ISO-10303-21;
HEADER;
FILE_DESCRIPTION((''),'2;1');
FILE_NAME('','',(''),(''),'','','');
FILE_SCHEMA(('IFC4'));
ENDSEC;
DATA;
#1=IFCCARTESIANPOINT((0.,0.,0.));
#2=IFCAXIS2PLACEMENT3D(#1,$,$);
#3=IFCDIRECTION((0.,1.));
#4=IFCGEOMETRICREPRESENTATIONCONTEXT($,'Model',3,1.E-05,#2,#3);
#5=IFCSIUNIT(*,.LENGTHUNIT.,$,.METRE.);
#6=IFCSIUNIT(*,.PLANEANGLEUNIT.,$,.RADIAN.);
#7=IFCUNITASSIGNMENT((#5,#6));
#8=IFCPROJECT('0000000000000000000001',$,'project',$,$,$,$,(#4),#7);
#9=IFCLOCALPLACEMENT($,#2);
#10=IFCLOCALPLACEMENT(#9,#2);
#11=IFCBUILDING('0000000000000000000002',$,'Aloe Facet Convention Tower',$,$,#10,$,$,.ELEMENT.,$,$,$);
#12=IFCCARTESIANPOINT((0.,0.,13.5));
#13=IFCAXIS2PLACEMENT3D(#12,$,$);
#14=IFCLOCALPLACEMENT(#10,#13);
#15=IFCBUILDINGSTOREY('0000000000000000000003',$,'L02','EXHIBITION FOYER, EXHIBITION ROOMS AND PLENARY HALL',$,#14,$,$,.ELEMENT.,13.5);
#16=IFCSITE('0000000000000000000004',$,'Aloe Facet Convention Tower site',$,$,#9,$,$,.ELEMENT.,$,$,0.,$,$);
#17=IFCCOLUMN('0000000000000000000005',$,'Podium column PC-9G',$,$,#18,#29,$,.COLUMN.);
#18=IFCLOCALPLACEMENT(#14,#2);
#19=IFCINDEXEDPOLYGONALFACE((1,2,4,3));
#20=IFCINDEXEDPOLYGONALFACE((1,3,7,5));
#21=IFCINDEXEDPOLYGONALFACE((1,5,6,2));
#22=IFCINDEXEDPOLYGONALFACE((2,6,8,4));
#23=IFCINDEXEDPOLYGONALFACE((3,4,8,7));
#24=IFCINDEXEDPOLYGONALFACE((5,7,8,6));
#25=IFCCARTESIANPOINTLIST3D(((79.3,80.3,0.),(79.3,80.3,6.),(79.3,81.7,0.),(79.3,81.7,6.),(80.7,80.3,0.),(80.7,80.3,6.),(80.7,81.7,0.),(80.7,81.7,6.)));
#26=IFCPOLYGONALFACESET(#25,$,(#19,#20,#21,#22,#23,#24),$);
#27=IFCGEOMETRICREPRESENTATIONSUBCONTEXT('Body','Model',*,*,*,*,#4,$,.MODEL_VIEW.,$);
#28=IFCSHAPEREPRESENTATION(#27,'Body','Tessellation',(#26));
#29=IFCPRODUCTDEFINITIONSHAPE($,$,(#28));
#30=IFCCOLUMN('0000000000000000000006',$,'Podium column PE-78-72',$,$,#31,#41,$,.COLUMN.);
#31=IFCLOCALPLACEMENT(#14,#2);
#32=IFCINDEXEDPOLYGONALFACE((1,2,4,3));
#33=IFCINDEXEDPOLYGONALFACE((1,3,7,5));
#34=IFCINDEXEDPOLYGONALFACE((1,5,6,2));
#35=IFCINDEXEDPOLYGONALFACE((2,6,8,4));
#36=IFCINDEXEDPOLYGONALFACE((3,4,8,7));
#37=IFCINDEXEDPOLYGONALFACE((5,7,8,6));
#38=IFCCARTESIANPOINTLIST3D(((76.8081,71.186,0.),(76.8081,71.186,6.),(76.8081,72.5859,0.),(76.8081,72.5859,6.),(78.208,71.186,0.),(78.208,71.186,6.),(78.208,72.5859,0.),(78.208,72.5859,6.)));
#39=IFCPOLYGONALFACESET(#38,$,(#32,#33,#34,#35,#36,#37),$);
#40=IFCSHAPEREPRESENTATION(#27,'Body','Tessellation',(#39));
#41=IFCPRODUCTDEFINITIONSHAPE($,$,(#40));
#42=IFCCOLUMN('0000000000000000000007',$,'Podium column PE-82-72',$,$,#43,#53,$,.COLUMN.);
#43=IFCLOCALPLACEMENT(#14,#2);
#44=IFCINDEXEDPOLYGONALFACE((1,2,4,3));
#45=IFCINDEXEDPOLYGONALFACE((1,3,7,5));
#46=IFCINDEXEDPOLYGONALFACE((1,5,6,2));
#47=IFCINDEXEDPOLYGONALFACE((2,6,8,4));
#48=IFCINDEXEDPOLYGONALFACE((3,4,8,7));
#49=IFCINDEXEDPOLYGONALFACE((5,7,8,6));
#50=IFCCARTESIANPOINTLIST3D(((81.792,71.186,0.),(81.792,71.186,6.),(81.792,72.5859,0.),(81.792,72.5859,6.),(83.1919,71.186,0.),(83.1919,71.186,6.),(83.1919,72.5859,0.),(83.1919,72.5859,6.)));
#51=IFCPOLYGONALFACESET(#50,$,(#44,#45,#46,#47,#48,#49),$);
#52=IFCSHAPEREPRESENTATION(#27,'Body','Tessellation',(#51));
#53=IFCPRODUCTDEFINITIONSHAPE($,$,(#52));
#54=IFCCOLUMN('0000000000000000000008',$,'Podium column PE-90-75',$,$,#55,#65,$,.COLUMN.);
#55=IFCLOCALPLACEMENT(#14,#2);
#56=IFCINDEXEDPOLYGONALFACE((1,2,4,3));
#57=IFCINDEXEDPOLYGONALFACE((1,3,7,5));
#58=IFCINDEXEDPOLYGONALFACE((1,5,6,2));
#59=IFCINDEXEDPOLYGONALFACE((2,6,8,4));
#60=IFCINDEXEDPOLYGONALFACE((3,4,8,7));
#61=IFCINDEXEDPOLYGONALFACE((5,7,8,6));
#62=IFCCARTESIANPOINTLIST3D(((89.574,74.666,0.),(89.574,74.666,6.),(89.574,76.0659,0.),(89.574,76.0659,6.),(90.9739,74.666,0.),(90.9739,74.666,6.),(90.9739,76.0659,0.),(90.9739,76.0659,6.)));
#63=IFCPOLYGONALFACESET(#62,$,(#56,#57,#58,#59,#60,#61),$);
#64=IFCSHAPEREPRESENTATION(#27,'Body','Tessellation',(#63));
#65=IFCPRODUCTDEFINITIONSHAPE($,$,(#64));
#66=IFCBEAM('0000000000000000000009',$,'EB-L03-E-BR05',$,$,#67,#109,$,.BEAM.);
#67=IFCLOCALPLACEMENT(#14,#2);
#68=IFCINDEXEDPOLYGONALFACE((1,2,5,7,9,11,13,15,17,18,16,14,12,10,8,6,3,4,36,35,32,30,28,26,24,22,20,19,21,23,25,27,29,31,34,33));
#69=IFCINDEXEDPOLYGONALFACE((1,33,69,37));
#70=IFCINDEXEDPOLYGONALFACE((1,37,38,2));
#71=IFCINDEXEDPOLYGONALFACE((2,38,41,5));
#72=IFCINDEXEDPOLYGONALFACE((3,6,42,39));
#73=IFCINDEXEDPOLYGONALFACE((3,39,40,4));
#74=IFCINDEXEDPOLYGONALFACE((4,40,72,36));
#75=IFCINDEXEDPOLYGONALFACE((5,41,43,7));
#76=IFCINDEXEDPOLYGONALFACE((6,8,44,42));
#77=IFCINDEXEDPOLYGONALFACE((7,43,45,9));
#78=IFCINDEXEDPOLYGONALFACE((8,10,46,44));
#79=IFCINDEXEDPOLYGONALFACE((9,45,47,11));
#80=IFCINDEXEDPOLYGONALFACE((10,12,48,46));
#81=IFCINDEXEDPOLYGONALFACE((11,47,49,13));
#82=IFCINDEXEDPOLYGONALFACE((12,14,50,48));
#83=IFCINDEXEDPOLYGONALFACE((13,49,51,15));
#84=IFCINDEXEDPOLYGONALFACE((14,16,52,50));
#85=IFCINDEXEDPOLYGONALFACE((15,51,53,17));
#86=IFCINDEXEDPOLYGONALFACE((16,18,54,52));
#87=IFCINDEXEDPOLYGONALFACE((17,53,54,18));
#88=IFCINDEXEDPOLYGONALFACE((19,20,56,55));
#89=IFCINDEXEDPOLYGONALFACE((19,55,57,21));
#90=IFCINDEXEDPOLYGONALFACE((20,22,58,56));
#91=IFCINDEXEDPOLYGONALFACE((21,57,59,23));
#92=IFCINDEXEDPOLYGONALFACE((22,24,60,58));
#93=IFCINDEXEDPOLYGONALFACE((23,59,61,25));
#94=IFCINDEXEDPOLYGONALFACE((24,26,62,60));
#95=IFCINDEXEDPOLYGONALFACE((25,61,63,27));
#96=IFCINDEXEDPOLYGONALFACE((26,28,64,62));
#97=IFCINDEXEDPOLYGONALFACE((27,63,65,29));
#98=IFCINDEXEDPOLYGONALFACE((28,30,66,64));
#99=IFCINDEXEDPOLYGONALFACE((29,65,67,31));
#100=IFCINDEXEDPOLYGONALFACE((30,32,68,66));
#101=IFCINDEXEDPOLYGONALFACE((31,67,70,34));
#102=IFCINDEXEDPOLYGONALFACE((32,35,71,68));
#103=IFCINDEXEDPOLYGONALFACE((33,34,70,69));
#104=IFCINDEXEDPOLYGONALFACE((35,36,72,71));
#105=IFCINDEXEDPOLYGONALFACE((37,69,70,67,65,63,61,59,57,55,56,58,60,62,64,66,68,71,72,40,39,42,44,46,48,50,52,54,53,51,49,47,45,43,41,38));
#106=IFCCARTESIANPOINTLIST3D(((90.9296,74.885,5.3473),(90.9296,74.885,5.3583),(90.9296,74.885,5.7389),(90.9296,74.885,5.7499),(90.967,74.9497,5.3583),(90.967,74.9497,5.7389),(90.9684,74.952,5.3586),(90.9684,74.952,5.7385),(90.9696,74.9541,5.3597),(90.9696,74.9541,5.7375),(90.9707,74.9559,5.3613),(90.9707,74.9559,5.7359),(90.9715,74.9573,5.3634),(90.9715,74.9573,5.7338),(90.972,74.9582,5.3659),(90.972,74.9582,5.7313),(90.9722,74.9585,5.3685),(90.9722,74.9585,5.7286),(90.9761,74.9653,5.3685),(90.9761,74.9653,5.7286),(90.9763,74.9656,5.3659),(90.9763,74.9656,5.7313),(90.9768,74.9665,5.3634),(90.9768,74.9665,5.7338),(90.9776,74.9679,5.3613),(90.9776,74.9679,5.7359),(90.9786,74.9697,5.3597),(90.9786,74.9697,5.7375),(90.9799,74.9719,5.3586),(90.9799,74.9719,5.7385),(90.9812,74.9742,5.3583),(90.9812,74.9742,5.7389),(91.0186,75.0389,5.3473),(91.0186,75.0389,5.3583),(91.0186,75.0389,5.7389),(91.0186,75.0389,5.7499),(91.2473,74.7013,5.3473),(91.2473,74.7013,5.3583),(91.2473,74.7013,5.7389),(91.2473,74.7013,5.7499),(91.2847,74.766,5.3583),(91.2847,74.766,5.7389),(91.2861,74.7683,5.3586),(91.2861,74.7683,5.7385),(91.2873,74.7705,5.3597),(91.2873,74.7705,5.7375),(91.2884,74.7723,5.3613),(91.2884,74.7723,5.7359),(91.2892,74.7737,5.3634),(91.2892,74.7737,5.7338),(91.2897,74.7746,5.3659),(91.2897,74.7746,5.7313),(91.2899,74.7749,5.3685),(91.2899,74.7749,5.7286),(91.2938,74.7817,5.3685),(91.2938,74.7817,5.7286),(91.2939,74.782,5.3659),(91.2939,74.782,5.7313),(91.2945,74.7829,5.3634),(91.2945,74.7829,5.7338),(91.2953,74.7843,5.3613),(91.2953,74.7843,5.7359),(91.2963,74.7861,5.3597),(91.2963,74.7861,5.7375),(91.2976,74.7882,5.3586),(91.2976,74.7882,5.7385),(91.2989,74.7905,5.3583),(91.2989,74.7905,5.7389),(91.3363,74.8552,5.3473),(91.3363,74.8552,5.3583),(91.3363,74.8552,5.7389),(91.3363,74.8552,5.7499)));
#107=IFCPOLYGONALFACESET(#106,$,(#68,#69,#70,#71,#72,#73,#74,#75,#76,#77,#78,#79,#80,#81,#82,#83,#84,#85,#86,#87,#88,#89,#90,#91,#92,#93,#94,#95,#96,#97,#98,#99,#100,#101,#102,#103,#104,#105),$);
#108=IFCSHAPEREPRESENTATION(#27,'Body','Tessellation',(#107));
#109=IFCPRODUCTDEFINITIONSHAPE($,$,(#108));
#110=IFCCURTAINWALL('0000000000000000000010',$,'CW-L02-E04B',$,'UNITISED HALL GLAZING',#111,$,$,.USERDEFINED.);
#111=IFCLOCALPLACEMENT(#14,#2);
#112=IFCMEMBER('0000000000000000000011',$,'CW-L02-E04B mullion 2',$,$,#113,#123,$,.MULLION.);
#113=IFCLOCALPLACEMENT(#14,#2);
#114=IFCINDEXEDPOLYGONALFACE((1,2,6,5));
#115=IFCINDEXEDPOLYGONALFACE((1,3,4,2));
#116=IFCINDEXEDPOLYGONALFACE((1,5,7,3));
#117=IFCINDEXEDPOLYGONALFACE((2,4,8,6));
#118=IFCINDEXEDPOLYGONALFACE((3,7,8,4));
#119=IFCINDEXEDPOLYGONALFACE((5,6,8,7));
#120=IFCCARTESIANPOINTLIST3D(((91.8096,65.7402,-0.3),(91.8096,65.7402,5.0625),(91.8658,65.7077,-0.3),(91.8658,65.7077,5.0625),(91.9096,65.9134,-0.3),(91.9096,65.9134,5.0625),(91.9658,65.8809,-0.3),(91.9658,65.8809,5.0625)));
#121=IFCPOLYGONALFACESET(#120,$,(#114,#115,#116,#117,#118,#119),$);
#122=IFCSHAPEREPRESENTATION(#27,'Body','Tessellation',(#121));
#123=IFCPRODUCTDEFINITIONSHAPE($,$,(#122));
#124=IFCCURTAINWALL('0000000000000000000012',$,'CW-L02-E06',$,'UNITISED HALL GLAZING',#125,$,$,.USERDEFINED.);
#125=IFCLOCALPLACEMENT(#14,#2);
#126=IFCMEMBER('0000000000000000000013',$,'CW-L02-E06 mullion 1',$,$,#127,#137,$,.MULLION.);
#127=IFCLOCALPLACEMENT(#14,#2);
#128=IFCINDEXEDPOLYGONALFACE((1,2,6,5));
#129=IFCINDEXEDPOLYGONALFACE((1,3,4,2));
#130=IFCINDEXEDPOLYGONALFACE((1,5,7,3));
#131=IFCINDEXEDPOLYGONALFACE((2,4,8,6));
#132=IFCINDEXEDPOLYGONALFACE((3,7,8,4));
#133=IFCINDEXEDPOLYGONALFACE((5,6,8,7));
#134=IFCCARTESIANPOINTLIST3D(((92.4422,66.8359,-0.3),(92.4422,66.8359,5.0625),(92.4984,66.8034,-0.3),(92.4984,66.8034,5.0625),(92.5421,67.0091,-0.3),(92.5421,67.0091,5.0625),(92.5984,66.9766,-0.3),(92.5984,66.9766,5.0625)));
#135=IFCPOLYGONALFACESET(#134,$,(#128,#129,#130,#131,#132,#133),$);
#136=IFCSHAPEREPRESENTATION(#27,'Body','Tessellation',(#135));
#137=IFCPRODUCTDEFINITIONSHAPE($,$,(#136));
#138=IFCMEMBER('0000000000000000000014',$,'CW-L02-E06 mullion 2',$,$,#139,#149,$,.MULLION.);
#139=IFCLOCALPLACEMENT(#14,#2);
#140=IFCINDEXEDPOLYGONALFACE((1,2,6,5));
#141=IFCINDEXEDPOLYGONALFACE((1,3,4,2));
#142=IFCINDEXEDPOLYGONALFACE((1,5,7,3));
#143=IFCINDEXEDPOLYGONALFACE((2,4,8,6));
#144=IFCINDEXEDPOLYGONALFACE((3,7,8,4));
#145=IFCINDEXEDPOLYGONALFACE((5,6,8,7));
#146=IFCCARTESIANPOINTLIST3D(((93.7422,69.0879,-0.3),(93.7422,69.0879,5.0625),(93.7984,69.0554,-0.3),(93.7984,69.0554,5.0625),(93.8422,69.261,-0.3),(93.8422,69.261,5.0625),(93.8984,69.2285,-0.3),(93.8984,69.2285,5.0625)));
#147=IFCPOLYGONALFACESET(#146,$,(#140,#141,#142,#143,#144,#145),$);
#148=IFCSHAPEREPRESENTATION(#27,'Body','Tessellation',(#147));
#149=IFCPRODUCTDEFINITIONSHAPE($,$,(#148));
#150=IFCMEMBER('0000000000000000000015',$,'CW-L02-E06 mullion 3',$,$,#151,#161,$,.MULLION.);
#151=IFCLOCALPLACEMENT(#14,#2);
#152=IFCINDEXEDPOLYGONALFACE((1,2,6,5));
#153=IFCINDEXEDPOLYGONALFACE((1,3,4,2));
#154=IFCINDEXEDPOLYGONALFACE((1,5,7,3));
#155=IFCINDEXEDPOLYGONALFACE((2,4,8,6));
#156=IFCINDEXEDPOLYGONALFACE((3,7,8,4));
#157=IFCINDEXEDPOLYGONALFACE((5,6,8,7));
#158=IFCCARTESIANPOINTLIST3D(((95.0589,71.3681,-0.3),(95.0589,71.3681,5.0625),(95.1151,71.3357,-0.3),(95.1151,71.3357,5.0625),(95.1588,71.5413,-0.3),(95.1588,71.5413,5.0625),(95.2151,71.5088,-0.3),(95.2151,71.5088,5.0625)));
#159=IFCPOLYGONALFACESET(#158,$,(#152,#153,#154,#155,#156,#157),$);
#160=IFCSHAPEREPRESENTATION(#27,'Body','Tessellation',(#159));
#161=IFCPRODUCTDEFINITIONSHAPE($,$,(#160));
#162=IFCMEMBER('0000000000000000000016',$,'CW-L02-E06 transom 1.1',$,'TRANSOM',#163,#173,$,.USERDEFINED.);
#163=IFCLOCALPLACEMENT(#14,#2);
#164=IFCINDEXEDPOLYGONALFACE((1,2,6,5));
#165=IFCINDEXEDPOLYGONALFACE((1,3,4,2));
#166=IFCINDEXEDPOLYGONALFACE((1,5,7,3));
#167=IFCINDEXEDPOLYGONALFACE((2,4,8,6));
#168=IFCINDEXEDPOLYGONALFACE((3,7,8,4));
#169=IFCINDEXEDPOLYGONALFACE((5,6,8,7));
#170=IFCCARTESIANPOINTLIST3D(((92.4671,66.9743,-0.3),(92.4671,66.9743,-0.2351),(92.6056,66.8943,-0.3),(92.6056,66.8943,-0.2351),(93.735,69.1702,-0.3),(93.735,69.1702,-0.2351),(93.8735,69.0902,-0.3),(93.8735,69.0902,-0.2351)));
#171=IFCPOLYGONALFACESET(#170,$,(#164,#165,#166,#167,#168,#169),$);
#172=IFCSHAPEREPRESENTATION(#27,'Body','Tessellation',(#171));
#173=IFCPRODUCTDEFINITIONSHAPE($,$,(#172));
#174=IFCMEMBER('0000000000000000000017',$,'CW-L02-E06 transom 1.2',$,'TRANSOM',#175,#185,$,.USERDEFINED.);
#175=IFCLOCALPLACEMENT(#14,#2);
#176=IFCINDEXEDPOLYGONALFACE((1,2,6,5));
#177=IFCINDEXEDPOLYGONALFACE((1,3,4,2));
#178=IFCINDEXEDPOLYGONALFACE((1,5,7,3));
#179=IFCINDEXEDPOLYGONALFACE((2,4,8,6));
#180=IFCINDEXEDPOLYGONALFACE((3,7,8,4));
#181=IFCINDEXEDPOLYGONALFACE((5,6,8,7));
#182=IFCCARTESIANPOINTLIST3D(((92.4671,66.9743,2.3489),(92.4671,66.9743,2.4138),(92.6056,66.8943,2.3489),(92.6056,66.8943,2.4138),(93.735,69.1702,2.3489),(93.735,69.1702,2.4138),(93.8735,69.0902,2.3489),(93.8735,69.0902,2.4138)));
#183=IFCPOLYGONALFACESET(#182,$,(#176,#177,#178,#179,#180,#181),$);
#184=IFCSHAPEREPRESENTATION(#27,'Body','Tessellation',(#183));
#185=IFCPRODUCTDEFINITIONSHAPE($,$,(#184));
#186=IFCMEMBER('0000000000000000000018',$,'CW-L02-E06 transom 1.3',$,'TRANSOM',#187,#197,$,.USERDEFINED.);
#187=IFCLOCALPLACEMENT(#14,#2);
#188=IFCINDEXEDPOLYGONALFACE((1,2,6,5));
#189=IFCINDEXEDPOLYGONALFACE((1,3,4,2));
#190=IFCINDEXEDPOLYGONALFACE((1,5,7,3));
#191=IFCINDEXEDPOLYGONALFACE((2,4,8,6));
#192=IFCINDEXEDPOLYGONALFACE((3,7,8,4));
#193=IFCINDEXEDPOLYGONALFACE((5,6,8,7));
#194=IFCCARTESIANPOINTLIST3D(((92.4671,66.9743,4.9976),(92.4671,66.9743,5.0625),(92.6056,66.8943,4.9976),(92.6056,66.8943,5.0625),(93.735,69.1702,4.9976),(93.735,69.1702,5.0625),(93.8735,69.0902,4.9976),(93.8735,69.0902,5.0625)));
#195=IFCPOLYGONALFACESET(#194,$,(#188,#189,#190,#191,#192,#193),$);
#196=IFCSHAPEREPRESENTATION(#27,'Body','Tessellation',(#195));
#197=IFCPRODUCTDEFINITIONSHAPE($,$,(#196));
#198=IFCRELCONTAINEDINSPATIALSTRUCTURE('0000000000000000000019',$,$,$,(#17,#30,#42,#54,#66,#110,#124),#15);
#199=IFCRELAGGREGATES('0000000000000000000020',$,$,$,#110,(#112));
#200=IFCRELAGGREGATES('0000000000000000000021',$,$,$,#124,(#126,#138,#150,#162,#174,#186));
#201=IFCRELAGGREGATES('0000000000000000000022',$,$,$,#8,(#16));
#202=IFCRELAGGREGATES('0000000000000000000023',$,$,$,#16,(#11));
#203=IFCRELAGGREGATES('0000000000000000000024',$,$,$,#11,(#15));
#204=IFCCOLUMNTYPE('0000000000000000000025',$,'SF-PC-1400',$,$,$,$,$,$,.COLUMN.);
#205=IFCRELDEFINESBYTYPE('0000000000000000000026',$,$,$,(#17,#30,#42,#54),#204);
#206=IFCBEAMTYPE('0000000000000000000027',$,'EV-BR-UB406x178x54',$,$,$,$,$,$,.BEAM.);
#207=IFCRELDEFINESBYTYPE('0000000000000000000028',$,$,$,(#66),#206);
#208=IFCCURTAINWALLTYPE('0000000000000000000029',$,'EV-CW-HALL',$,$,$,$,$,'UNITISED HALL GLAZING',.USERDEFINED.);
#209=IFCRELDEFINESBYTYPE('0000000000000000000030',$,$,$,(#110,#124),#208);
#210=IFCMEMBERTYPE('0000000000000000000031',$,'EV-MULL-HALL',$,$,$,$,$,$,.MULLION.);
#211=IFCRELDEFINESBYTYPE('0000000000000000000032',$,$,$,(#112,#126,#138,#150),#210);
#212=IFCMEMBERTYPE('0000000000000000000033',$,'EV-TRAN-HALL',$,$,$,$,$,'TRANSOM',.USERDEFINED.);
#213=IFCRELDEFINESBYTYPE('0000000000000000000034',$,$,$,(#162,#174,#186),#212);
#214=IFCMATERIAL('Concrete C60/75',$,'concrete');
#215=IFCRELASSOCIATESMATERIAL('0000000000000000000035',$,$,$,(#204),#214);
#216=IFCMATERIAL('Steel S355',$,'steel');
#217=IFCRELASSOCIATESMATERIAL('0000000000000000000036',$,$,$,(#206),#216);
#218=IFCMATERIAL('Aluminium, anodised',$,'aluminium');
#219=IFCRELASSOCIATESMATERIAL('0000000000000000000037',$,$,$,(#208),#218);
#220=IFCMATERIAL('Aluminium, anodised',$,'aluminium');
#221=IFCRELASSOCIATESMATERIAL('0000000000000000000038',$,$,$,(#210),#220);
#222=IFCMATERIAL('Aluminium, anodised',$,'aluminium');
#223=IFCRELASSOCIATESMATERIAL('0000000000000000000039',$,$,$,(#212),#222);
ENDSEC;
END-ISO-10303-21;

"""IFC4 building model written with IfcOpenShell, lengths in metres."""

from ifc_helpers import new_model, si_unit, direction, frame, origin, origin_2d, place, context, subcontext, project, spatial, rectangle, i_section, extrude, material, material_profile, profile_set, type_object, element, aggregate, save


model = new_model("IFC4")

# Units and contexts
model_context = context("Model", 3, precision=1e-05, world=origin(), true_north=direction((0.0, 1.0)))
body_context = subcontext(model_context, "Body", "Model", "MODEL_VIEW")
ifc_project = project(units=[si_unit("LENGTHUNIT", "METRE"), si_unit("PLANEANGLEUNIT", "RADIAN")], contexts=[model_context])

# Site, building, storey
site_placement = place(None, origin())
site = spatial("IfcSite", under=ifc_project, at=site_placement, Name="Aloe Facet Convention Tower site", CompositionType="ELEMENT", RefElevation=0.0)
building_placement = place(site_placement, origin())
building = spatial("IfcBuilding", under=site, at=building_placement, Name="Aloe Facet Convention Tower", CompositionType="ELEMENT")
storey_placement = place(building_placement, frame((0.0, 0.0, 13.5)))
storey = spatial("IfcBuildingStorey", under=building, at=storey_placement, Name="L02", Description="EXHIBITION FOYER, EXHIBITION ROOMS AND PLENARY HALL", CompositionType="ELEMENT", Elevation=13.5)

# Columns
ifc_material_1 = material(Name="Concrete C60/75", Category="concrete")
ifc_material_profile_1 = material_profile(ifc_material_1, rectangle(XDim=1.3999, YDim=1.3999, at=origin_2d()), Name="SF-PC-1400")
ifc_profile_set_1 = profile_set([ifc_material_profile_1], Name="Concrete C60/75")
column_type = type_object("IfcColumnType", Name="SF-PC-1400", PredefinedType="COLUMN", material=ifc_profile_set_1)
for number, where, z_axis, x_axis, name in (
    (1, (80.0, 81.0, 0.0), (0.0, 0.0, 1.0), (1.0, 0.0, 0.0), "Podium column PC-9G"),
    (2, (77.5081, 71.886, 0.0), (0.0, 0.0, 1.0), (1.0, 0.0, 0.0), "Podium column PE-78-72"),
    (3, (82.4919, 71.886, 0.0), (0.0, 0.0, 1.0), (1.0, 0.0, 0.0), "Podium column PE-82-72"),
    (4, (90.2739, 75.366, 0.0), (0.0, 0.0, 1.0), (1.0, 0.0, 0.0), "Podium column PE-90-75"),
):
    element("IfcColumn", number, at=place(storey_placement, frame(where, z_axis=z_axis, x_axis=x_axis)), inside=storey, type_object=column_type, Name=name, PredefinedType="COLUMN", context=body_context, shape_type="SweptSolid", body=[
        extrude(rectangle(XDim=1.3999, YDim=1.3999, at=origin_2d()), origin(), (0.0, 0.0, 1.0), 6.0),
    ])

# Beam
ifc_material_2 = material(Name="Steel S355", Category="steel")
ifc_material_profile_2 = material_profile(ifc_material_2, i_section(OverallWidth=0.1777, OverallDepth=0.4026, WebThickness=0.0078, FlangeThickness=0.011, FilletRadius=0.0103, at=origin_2d()), Name="UB 406x178x54")
ifc_profile_set_2 = profile_set([ifc_material_profile_2], Name="Steel S355")
beam_type_1 = type_object("IfcBeamType", Name="EV-BR-UB406x178x54", PredefinedType="BEAM", material=ifc_profile_set_2)
beam_1_placement = place(storey_placement, frame((90.9741, 74.9619, 5.5486), z_axis=(0.865775, -0.500433, 0.0), x_axis=(0.500433, 0.865775, 0.0)))
element("IfcBeam", 5, at=beam_1_placement, inside=storey, type_object=beam_type_1, Name="EB-L03-E-BR05", PredefinedType="BEAM", context=body_context, shape_type="SweptSolid", body=[
    extrude(i_section(OverallWidth=0.1777, OverallDepth=0.4026, WebThickness=0.0078, FlangeThickness=0.011, FilletRadius=0.0103, at=origin_2d()), origin(), (0.0, 0.0, 1.0), 0.3669),
])

# Curtain wall, member
ifc_material_3 = material(Name="Aluminium, anodised", Category="aluminium")
curtain_wall_type = type_object("IfcCurtainWallType", Name="EV-CW-HALL", ElementType="UNITISED HALL GLAZING", PredefinedType="USERDEFINED", material=ifc_material_3)
curtain_wall_1_placement = place(storey_placement, origin())
curtain_wall_1 = element("IfcCurtainWall", 6, at=curtain_wall_1_placement, inside=storey, type_object=curtain_wall_type, Name="CW-L02-E04B", ObjectType="UNITISED HALL GLAZING", PredefinedType="USERDEFINED")
ifc_material_4 = material(Name="Aluminium, anodised", Category="aluminium")
ifc_material_profile_3 = material_profile(ifc_material_4, rectangle(XDim=0.0649, YDim=0.2, at=origin_2d()), Name="AL 65x200")
ifc_profile_set_3 = profile_set([ifc_material_profile_3], Name="Aluminium, anodised")
member_type_1 = type_object("IfcMemberType", Name="EV-MULL-HALL", PredefinedType="MULLION", material=ifc_profile_set_3)
member_1_placement = place(storey_placement, frame((91.8877, 65.8105, -0.3), z_axis=(0.0, 0.0, 1.0), x_axis=(-0.866025, 0.5, 0.0)))
member_1 = element("IfcMember", 7, at=member_1_placement, type_object=member_type_1, Name="CW-L02-E04B mullion 2", PredefinedType="MULLION", context=body_context, shape_type="SweptSolid", body=[
    extrude(rectangle(XDim=0.0649, YDim=0.2, at=origin_2d()), origin(), (0.0, 0.0, 1.0), 5.3625),
])
aggregate(curtain_wall_1, [member_1])

# Curtain wall, members
curtain_wall_2_placement = place(storey_placement, origin())
curtain_wall_2 = element("IfcCurtainWall", 8, at=curtain_wall_2_placement, inside=storey, type_object=curtain_wall_type, Name="CW-L02-E06", ObjectType="UNITISED HALL GLAZING", PredefinedType="USERDEFINED")
member_2_placement = place(storey_placement, frame((92.5203, 66.9062, -0.3), z_axis=(0.0, 0.0, 1.0), x_axis=(-0.866025, 0.5, 0.0)))
member_2 = element("IfcMember", 9, at=member_2_placement, type_object=member_type_1, Name="CW-L02-E06 mullion 1", PredefinedType="MULLION", context=body_context, shape_type="SweptSolid", body=[
    extrude(rectangle(XDim=0.0649, YDim=0.2, at=origin_2d()), origin(), (0.0, 0.0, 1.0), 5.3625),
])
member_3_placement = place(storey_placement, frame((93.8203, 69.1582, -0.3), z_axis=(0.0, 0.0, 1.0), x_axis=(-0.866025, 0.5, 0.0)))
member_3 = element("IfcMember", 10, at=member_3_placement, type_object=member_type_1, Name="CW-L02-E06 mullion 2", PredefinedType="MULLION", context=body_context, shape_type="SweptSolid", body=[
    extrude(rectangle(XDim=0.0649, YDim=0.2, at=origin_2d()), origin(), (0.0, 0.0, 1.0), 5.3625),
])
member_4_placement = place(storey_placement, frame((95.137, 71.4385, -0.3), z_axis=(0.0, 0.0, 1.0), x_axis=(-0.866025, 0.5, 0.0)))
member_4 = element("IfcMember", 11, at=member_4_placement, type_object=member_type_1, Name="CW-L02-E06 mullion 3", PredefinedType="MULLION", context=body_context, shape_type="SweptSolid", body=[
    extrude(rectangle(XDim=0.0649, YDim=0.2, at=origin_2d()), origin(), (0.0, 0.0, 1.0), 5.3625),
])
ifc_material_5 = material(Name="Aluminium, anodised", Category="aluminium")
ifc_material_profile_4 = material_profile(ifc_material_5, rectangle(XDim=0.1599, YDim=0.0649, at=origin_2d()), Name="AL 160x65")
ifc_profile_set_4 = profile_set([ifc_material_profile_4], Name="Aluminium, anodised")
member_type_2 = type_object("IfcMemberType", Name="EV-TRAN-HALL", ElementType="TRANSOM", PredefinedType="USERDEFINED", material=ifc_profile_set_4)
member_5_placement = place(storey_placement, frame((92.5364, 66.9343, -0.2676), z_axis=(0.500023, 0.866012, 0.0), x_axis=(-0.866012, 0.500023, 0.0)))
member_5 = element("IfcMember", 12, at=member_5_placement, type_object=member_type_2, Name="CW-L02-E06 transom 1.1", ObjectType="TRANSOM", PredefinedType="USERDEFINED", context=body_context, shape_type="SweptSolid", body=[
    extrude(rectangle(XDim=0.1599, YDim=0.0649, at=origin_2d()), origin(), (0.0, 0.0, 1.0), 2.5356),
])
member_6_placement = place(storey_placement, frame((92.5364, 66.9343, 2.3813), z_axis=(0.500023, 0.866012, 0.0), x_axis=(-0.866012, 0.500023, 0.0)))
member_6 = element("IfcMember", 13, at=member_6_placement, type_object=member_type_2, Name="CW-L02-E06 transom 1.2", ObjectType="TRANSOM", PredefinedType="USERDEFINED", context=body_context, shape_type="SweptSolid", body=[
    extrude(rectangle(XDim=0.1599, YDim=0.0649, at=origin_2d()), origin(), (0.0, 0.0, 1.0), 2.5356),
])
member_7_placement = place(storey_placement, frame((92.5364, 66.9343, 5.03), z_axis=(0.500023, 0.866012, 0.0), x_axis=(-0.866012, 0.500023, 0.0)))
member_7 = element("IfcMember", 14, at=member_7_placement, type_object=member_type_2, Name="CW-L02-E06 transom 1.3", ObjectType="TRANSOM", PredefinedType="USERDEFINED", context=body_context, shape_type="SweptSolid", body=[
    extrude(rectangle(XDim=0.1599, YDim=0.0649, at=origin_2d()), origin(), (0.0, 0.0, 1.0), 2.5356),
])

aggregate(curtain_wall_2, [member_2, member_3, member_4, member_5, member_6, member_7])

save(model, "model.ifc")
